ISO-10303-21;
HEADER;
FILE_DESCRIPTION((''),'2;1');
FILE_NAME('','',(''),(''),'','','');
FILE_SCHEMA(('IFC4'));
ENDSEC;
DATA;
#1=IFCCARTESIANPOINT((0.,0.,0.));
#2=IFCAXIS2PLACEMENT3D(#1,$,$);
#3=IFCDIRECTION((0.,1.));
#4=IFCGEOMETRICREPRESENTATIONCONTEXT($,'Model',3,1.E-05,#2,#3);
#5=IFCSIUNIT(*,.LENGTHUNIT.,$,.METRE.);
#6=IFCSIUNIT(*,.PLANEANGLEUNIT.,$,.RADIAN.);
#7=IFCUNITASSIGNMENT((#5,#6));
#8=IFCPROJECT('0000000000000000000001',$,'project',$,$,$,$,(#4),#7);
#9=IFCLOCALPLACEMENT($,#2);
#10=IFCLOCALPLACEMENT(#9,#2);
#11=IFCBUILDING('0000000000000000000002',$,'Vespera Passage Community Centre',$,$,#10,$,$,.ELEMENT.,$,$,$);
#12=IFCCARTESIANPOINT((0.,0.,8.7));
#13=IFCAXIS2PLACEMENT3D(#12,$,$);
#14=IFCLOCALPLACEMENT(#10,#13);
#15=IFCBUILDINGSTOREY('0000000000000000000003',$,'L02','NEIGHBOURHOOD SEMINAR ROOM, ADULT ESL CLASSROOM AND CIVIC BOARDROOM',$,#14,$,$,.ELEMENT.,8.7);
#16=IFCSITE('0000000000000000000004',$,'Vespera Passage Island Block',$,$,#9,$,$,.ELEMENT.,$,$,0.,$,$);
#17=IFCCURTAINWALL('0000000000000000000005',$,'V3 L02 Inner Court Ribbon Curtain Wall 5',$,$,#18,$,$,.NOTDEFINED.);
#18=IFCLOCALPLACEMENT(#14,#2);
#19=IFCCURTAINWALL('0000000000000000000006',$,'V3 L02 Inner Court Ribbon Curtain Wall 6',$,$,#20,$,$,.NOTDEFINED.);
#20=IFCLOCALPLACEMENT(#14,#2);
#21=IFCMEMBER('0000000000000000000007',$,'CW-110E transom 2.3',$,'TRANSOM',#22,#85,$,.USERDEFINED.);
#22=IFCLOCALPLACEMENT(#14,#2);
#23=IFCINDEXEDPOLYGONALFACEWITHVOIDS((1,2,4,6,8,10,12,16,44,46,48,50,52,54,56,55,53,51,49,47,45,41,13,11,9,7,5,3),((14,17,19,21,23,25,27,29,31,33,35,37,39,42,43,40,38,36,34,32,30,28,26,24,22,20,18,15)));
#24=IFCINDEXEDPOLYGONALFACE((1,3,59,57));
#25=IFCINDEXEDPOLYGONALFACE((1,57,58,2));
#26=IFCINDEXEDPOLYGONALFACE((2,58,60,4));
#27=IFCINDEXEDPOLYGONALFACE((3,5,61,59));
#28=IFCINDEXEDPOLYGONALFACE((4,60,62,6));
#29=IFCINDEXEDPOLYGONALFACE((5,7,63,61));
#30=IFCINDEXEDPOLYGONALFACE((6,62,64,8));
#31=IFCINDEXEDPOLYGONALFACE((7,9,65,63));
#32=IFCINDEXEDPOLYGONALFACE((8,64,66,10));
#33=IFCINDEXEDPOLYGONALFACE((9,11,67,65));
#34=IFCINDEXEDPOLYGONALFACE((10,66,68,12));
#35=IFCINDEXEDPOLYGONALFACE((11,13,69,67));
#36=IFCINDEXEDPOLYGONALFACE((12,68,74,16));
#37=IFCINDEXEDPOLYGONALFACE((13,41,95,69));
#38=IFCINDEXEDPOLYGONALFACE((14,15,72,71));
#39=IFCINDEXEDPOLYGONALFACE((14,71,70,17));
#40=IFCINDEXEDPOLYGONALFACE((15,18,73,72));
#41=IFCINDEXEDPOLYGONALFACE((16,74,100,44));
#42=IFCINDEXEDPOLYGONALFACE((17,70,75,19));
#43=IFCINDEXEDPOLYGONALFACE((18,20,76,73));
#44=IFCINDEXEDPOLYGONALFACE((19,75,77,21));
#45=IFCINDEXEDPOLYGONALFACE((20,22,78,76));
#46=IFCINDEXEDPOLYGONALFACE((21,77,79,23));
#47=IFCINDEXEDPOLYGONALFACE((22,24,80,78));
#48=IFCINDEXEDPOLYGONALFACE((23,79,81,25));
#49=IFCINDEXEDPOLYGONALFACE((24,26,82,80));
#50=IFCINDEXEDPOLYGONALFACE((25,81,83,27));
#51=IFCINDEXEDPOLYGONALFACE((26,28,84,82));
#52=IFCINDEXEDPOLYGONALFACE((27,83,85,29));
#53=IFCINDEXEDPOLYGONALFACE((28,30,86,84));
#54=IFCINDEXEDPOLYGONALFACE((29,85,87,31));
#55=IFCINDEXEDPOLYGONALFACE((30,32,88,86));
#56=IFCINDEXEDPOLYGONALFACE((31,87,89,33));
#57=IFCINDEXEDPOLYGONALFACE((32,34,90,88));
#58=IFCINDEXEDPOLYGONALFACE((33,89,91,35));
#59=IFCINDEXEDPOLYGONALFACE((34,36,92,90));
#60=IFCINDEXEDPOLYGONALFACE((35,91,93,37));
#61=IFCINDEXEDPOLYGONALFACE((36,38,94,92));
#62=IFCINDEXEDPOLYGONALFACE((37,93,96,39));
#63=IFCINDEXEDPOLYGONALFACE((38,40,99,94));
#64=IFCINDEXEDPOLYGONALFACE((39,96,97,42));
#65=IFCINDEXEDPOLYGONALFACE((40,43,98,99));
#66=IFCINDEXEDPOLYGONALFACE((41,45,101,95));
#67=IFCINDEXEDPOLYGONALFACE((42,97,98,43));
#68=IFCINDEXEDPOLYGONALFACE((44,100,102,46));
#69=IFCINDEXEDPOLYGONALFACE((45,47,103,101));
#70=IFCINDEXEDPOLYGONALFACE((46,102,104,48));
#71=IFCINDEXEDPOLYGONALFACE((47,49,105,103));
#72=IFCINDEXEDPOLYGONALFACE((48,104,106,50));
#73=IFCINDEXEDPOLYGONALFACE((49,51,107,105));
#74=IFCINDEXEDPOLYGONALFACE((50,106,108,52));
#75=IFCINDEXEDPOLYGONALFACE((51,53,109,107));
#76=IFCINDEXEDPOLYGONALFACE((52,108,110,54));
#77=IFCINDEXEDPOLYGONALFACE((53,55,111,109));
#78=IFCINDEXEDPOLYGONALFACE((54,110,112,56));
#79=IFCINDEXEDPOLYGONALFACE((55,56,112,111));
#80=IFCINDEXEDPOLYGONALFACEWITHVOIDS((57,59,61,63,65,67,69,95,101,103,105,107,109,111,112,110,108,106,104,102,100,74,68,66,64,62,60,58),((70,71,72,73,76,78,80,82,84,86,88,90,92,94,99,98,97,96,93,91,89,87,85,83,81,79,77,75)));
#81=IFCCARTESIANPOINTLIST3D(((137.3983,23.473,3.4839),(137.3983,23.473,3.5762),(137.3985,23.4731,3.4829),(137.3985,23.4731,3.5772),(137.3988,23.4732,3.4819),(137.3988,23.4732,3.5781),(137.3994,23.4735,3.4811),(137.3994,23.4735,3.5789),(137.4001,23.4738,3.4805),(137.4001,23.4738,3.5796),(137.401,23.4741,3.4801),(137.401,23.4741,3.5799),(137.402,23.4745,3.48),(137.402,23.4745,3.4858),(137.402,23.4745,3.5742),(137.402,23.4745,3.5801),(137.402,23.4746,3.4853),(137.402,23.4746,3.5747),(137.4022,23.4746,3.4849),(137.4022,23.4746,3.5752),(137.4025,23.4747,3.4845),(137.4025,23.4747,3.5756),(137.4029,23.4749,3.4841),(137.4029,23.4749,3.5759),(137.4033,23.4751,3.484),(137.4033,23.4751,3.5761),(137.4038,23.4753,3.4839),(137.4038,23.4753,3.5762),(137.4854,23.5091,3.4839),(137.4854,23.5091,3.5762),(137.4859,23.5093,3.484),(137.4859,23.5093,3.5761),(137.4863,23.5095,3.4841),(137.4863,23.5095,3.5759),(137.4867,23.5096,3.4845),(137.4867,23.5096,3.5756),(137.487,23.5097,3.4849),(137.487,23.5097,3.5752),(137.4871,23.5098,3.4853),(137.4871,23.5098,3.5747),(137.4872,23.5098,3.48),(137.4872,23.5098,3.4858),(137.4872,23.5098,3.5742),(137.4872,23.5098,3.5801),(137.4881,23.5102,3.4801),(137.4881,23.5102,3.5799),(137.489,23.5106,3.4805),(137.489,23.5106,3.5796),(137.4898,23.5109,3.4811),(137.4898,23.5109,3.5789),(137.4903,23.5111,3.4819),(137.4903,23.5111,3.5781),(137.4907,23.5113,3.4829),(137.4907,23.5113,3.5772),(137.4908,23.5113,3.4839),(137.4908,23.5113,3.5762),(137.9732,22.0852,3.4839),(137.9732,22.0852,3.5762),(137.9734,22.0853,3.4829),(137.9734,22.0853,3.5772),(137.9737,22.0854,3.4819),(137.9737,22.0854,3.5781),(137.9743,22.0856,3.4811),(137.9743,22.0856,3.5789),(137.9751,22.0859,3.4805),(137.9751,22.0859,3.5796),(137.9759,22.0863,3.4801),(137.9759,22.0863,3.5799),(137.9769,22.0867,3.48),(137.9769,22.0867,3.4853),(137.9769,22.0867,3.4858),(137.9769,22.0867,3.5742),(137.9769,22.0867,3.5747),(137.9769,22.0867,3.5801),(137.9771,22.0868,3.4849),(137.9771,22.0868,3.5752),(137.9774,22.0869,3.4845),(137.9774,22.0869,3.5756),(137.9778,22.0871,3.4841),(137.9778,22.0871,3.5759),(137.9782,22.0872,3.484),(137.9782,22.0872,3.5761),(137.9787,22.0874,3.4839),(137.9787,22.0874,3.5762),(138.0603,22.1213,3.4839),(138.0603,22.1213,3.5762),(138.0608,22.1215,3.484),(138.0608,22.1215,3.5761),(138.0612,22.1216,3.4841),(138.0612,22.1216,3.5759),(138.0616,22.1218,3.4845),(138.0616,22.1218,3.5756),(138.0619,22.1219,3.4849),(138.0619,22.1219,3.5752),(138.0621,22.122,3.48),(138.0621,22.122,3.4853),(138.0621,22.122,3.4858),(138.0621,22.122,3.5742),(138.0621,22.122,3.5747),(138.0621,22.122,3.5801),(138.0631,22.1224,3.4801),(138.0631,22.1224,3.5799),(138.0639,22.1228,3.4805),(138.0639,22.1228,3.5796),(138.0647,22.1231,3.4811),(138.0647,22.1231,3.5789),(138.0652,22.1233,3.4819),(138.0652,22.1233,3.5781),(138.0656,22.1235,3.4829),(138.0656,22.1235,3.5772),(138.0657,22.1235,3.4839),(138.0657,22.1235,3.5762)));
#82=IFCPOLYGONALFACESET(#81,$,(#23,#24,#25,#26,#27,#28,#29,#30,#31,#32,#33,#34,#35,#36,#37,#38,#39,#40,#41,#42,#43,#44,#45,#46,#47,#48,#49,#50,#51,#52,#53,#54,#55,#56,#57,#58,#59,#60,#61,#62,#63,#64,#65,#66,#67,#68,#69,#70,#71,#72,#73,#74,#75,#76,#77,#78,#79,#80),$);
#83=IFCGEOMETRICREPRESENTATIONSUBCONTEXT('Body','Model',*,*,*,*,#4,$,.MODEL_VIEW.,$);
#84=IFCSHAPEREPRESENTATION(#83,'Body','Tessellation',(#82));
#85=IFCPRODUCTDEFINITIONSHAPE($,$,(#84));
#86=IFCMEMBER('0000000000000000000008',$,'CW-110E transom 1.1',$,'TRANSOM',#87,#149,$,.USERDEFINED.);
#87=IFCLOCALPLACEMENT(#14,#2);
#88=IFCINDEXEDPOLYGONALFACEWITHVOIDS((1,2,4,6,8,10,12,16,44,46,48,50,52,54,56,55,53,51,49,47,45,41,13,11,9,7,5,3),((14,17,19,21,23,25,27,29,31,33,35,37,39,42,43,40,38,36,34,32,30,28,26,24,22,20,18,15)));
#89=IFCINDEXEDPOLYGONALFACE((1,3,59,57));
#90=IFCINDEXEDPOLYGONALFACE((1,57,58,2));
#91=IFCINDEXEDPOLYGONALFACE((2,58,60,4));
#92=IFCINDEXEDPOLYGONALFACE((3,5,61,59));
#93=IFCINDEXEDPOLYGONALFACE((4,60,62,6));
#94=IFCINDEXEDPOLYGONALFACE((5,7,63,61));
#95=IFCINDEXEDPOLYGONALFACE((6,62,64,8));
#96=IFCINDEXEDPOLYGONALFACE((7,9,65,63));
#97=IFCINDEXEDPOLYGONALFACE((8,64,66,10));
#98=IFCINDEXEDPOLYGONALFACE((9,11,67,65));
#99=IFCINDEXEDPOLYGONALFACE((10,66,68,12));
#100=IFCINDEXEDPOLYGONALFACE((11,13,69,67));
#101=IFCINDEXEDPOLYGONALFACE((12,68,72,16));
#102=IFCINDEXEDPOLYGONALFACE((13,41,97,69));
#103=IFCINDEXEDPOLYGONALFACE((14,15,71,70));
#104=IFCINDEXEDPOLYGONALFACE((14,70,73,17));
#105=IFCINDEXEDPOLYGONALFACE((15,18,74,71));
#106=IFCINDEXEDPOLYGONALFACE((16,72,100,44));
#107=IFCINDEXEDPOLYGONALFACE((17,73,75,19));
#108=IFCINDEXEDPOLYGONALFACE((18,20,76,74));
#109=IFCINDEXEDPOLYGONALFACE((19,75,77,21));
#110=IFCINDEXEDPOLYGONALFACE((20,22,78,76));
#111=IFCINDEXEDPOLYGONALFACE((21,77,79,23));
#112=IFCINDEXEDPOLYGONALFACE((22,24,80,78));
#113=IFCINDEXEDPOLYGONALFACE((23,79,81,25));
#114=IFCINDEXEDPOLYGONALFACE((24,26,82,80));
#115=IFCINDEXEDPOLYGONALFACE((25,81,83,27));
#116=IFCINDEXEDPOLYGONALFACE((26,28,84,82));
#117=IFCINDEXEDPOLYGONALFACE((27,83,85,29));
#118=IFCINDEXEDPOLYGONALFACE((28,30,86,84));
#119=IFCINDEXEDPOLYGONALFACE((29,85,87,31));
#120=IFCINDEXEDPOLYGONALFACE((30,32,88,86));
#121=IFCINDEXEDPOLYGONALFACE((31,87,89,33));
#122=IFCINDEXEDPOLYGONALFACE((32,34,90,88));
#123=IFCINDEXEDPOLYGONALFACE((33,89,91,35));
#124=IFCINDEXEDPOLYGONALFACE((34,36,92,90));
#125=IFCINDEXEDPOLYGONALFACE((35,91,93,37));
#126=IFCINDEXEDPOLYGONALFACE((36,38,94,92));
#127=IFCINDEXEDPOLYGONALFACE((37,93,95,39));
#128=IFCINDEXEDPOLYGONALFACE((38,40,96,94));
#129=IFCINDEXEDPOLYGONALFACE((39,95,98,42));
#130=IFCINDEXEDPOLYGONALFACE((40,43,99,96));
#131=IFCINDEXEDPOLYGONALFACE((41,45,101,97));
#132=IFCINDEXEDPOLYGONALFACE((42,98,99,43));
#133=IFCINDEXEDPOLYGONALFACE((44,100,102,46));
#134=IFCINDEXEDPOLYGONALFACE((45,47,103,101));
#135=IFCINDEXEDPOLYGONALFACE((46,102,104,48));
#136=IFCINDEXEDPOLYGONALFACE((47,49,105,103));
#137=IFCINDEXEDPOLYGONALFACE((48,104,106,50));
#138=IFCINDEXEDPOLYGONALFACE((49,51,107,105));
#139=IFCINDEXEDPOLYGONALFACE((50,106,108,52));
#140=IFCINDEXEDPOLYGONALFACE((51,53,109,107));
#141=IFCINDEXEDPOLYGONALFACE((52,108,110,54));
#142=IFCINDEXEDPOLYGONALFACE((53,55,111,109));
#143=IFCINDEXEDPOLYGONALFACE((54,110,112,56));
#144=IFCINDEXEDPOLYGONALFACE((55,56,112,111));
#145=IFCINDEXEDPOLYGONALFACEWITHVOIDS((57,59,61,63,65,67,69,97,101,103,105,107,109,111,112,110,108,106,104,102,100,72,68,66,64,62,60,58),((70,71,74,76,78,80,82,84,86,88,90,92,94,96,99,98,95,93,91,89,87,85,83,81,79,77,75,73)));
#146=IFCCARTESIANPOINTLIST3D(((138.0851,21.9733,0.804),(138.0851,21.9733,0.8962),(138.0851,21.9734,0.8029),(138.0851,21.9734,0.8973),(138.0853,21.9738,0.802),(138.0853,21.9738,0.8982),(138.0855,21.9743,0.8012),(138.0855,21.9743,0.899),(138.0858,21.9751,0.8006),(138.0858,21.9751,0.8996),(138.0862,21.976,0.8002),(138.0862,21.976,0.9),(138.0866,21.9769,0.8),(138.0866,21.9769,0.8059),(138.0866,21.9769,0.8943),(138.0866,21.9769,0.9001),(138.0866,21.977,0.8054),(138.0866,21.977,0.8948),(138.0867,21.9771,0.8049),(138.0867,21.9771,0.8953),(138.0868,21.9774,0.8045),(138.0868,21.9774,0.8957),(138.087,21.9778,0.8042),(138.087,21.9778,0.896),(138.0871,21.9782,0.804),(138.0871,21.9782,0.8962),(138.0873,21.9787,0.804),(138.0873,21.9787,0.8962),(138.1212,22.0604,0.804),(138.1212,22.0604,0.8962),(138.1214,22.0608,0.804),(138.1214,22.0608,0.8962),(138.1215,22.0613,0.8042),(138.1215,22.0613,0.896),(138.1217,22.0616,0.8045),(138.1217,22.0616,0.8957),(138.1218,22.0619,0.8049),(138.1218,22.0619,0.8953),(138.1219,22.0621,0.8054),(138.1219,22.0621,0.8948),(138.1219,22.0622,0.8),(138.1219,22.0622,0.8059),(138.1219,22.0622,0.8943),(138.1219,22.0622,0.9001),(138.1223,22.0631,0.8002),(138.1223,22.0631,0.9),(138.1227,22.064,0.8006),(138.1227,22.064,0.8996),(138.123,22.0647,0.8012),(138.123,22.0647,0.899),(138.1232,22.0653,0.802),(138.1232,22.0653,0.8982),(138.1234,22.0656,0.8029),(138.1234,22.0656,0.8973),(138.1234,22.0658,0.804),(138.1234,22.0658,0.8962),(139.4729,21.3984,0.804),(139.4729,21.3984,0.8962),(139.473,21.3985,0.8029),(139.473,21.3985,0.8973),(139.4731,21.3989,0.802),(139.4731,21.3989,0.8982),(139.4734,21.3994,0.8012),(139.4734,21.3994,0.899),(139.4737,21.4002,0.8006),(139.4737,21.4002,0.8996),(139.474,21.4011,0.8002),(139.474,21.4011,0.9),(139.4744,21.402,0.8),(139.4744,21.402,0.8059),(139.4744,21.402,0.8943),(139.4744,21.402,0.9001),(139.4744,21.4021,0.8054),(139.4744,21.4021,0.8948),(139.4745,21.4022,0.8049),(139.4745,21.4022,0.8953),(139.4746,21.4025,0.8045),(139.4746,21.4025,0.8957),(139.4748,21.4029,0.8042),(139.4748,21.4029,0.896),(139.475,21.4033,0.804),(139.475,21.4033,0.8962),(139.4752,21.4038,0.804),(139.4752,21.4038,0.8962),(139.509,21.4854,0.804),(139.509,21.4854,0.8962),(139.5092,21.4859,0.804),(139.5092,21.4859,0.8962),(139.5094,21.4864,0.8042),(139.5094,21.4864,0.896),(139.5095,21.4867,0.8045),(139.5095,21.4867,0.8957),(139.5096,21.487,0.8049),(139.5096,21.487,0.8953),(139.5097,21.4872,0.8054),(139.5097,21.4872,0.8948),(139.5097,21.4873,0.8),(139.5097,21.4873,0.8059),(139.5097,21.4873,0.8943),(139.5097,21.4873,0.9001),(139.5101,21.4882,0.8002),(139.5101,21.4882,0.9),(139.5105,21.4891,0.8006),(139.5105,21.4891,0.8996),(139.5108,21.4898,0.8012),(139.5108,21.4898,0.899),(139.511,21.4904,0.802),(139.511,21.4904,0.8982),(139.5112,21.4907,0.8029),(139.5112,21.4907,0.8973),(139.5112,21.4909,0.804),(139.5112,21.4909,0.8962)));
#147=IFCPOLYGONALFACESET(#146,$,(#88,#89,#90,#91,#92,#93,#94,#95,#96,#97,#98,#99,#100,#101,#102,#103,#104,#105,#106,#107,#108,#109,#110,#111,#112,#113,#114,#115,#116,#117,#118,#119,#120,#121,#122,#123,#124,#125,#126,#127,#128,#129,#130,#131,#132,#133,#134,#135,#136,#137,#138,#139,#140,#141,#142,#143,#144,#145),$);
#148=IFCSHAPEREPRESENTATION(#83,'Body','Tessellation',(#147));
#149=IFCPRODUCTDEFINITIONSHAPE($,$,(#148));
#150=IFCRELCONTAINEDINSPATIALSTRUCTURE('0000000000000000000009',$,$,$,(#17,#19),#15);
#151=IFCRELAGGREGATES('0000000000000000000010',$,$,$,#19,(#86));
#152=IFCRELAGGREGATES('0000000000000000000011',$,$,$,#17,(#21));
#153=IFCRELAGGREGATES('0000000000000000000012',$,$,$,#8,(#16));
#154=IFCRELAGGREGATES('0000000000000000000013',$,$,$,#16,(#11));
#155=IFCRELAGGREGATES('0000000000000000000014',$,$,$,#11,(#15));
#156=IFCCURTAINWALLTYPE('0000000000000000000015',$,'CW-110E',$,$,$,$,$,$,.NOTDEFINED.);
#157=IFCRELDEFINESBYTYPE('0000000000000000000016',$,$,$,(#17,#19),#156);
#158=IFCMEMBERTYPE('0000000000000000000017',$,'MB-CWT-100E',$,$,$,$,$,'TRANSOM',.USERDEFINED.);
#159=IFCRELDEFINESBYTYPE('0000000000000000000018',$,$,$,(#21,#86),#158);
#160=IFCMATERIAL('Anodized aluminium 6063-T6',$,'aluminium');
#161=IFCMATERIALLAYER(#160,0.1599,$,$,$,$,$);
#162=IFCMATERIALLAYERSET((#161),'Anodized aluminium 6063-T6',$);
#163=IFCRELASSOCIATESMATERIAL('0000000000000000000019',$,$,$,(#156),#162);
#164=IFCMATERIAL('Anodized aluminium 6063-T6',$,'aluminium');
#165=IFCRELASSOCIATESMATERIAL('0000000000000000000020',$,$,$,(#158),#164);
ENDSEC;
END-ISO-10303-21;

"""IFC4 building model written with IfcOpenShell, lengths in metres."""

from ifc_helpers import new_model, si_unit, direction, frame, origin, origin_2d, place, context, subcontext, project, spatial, hollow_rectangle, extrude, material, layer, layer_set, material_profile, profile_set, type_object, element, aggregate, save


model = new_model("IFC4")

# Units and contexts
model_context = context("Model", 3, precision=1e-05, world=origin(), true_north=direction((0.0, 1.0)))
body_context = subcontext(model_context, "Body", "Model", "MODEL_VIEW")
ifc_project = project(units=[si_unit("LENGTHUNIT", "METRE"), si_unit("PLANEANGLEUNIT", "RADIAN")], contexts=[model_context])

# Site, building, storey
site_placement = place(None, origin())
site = spatial("IfcSite", under=ifc_project, at=site_placement, Name="Vespera Passage Island Block", CompositionType="ELEMENT", RefElevation=0.0)
building_placement = place(site_placement, origin())
building = spatial("IfcBuilding", under=site, at=building_placement, Name="Vespera Passage Community Centre", CompositionType="ELEMENT")
storey_placement = place(building_placement, frame((0.0, 0.0, 8.7)))
storey = spatial("IfcBuildingStorey", under=building, at=storey_placement, Name="L02", Description="NEIGHBOURHOOD SEMINAR ROOM, ADULT ESL CLASSROOM AND CIVIC BOARDROOM", CompositionType="ELEMENT", Elevation=8.7)

# Curtain wall
ifc_material_1 = material(Name="Anodized aluminium 6063-T6", Category="aluminium")
ifc_layer_1 = layer(ifc_material_1, 0.1599)
ifc_layer_set_1 = layer_set([ifc_layer_1], Name="Anodized aluminium 6063-T6")
curtain_wall_type = type_object("IfcCurtainWallType", Name="CW-110E", PredefinedType="NOTDEFINED", material=ifc_layer_set_1)
curtain_wall_1_placement = place(storey_placement, origin())
curtain_wall_1 = element("IfcCurtainWall", 1, at=curtain_wall_1_placement, inside=storey, type_object=curtain_wall_type, Name="V3 L02 Inner Court Ribbon Curtain Wall 5", PredefinedType="NOTDEFINED")

# Curtain wall
curtain_wall_2_placement = place(storey_placement, origin())
curtain_wall_2 = element("IfcCurtainWall", 2, at=curtain_wall_2_placement, inside=storey, type_object=curtain_wall_type, Name="V3 L02 Inner Court Ribbon Curtain Wall 6", PredefinedType="NOTDEFINED")

# Members
ifc_material_2 = material(Name="Anodized aluminium 6063-T6", Category="aluminium")
ifc_material_profile_1 = material_profile(ifc_material_2, hollow_rectangle(XDim=0.1001, YDim=0.1001, WallThickness=0.0039, InnerFilletRadius=0.002, OuterFilletRadius=0.0039, at=origin_2d()), Name="ALU100X100X4")
ifc_profile_set_1 = profile_set([ifc_material_profile_1], Name="Anodized aluminium 6063-T6")
member_type_1 = type_object("IfcMemberType", Name="MB-CWT-100E", ElementType="TRANSOM", PredefinedType="USERDEFINED", material=ifc_profile_set_1)
member_1_placement = place(storey_placement, frame((137.4446, 23.4922, 3.53), z_axis=(0.382711, -0.923868, 0.0), x_axis=(0.923868, 0.382711, 0.0)))
member_1 = element("IfcMember", 3, at=member_1_placement, type_object=member_type_1, Name="CW-110E transom 2.3", ObjectType="TRANSOM", PredefinedType="USERDEFINED", context=body_context, shape_type="SweptSolid", body=[
    extrude(hollow_rectangle(XDim=0.1001, YDim=0.1001, WallThickness=0.0039, InnerFilletRadius=0.002, OuterFilletRadius=0.0039, at=origin_2d()), origin(), (0.0, 0.0, 1.0), 1.5022),
])
member_2_placement = place(storey_placement, frame((138.1042, 22.0195, 0.8501), z_axis=(0.923868, -0.382711, 0.0), x_axis=(0.382711, 0.923868, 0.0)))
member_2 = element("IfcMember", 4, at=member_2_placement, type_object=member_type_1, Name="CW-110E transom 1.1", ObjectType="TRANSOM", PredefinedType="USERDEFINED", context=body_context, shape_type="SweptSolid", body=[
    extrude(hollow_rectangle(XDim=0.1001, YDim=0.1001, WallThickness=0.0039, InnerFilletRadius=0.002, OuterFilletRadius=0.0039, at=origin_2d()), origin(), (0.0, 0.0, 1.0), 1.5022),
])
aggregate(curtain_wall_2, [member_2])

aggregate(curtain_wall_1, [member_1])

save(model, "model.ifc")
